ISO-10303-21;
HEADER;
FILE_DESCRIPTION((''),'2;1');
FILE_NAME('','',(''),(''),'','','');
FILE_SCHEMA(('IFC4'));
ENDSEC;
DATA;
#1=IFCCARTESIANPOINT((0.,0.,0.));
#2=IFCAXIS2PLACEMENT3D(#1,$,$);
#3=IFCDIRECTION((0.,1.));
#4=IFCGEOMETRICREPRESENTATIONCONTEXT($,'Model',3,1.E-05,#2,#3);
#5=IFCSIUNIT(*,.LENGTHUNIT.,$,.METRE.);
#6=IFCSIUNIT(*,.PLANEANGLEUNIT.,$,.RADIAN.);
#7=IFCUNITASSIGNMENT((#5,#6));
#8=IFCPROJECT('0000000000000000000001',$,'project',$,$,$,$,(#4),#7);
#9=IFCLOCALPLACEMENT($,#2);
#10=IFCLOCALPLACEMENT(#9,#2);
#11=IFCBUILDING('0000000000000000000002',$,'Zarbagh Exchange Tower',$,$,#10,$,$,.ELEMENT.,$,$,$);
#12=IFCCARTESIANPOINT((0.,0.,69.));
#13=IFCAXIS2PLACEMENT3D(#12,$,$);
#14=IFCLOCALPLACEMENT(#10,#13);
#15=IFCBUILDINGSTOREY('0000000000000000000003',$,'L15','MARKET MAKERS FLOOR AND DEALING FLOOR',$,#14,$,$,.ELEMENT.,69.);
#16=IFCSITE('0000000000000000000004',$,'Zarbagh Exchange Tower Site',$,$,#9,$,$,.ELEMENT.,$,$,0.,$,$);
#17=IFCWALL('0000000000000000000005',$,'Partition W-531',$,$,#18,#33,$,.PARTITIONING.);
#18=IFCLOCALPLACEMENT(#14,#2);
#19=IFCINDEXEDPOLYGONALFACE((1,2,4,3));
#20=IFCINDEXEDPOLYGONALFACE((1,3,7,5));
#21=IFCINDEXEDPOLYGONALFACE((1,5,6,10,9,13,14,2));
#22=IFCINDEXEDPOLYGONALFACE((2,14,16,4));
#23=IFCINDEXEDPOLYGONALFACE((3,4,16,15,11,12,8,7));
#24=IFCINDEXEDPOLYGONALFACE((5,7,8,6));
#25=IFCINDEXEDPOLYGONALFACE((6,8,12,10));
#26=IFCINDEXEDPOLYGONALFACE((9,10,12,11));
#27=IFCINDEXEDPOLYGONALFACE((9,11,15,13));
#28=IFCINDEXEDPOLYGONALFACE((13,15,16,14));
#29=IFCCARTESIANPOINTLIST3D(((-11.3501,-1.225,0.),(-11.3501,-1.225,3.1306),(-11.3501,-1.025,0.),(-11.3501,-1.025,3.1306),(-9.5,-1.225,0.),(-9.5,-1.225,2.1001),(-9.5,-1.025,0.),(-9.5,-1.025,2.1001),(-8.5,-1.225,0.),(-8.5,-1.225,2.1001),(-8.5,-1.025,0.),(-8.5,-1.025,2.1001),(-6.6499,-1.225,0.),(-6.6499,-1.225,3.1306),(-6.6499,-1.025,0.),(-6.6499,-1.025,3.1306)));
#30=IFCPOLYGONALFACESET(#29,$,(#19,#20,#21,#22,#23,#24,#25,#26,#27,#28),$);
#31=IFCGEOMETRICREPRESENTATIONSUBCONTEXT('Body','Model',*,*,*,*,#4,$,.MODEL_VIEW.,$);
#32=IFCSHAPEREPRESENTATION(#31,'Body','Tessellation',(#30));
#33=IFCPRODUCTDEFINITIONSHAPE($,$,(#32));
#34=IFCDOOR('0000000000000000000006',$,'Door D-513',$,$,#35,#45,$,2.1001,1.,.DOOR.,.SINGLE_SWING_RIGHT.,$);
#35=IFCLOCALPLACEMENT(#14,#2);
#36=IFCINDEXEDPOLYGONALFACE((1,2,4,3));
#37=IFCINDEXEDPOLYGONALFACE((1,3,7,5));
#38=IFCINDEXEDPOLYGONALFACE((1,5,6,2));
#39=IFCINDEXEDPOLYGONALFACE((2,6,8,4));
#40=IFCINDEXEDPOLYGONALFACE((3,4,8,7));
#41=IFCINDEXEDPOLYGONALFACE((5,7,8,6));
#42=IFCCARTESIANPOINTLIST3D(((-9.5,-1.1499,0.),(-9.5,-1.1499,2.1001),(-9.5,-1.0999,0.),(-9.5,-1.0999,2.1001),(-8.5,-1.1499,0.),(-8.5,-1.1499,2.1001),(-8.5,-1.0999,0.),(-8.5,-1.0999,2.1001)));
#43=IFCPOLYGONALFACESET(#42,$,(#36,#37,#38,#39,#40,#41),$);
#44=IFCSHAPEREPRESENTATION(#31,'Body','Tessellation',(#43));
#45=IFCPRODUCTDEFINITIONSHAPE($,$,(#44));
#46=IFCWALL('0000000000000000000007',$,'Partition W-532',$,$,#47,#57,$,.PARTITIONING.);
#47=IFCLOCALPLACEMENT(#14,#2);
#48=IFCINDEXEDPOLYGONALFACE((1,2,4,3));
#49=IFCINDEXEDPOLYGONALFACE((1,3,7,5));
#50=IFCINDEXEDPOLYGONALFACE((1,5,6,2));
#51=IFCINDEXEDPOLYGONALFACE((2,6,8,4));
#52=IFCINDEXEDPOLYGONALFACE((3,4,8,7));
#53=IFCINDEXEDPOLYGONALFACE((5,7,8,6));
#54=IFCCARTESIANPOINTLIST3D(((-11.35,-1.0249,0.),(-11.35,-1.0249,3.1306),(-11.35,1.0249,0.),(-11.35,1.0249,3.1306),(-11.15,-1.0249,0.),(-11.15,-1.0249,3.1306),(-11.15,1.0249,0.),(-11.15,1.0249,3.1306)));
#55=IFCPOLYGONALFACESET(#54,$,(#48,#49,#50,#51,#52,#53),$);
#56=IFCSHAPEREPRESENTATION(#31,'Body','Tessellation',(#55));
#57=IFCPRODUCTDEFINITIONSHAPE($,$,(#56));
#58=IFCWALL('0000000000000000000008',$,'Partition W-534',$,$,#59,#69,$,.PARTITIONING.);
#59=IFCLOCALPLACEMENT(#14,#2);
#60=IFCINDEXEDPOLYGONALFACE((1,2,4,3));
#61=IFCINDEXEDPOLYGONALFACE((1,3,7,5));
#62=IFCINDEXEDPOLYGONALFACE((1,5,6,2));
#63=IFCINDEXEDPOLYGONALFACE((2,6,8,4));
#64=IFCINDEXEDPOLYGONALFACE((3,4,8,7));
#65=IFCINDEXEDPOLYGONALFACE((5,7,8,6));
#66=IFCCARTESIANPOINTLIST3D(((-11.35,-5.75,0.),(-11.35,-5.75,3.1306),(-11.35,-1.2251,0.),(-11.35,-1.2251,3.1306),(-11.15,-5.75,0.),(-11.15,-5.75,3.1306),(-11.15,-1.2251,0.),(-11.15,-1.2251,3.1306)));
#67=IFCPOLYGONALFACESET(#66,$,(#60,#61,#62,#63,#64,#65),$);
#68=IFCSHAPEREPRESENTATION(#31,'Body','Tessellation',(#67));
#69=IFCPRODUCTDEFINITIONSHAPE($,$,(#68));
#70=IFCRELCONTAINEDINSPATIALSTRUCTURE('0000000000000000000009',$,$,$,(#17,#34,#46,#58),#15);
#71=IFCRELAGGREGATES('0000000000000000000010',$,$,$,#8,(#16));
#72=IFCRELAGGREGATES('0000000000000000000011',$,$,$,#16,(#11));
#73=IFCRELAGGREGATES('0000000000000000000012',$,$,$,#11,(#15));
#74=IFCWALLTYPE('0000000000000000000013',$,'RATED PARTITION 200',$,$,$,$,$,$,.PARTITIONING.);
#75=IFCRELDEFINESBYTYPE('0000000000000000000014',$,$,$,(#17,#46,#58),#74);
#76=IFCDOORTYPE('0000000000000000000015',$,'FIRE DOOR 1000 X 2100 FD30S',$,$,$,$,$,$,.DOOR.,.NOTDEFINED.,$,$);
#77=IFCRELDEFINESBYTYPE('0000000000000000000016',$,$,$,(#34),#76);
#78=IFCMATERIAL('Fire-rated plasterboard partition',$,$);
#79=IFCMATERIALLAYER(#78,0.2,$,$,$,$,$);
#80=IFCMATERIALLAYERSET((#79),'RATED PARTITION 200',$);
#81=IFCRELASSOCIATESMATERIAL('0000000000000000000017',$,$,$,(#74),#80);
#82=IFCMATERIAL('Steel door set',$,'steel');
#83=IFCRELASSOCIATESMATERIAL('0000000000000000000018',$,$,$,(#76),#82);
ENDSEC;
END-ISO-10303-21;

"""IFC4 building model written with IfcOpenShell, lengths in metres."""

from ifc_helpers import new_model, si_unit, direction, frame, frame_2d, origin, place, context, subcontext, project, spatial, rectangle, extrude, material, layer, layer_set, type_object, element, fill, save


model = new_model("IFC4")

# Units and contexts
model_context = context("Model", 3, precision=1e-05, world=origin(), true_north=direction((0.0, 1.0)))
body_context = subcontext(model_context, "Body", "Model", "MODEL_VIEW")
ifc_project = project(units=[si_unit("LENGTHUNIT", "METRE"), si_unit("PLANEANGLEUNIT", "RADIAN")], contexts=[model_context])

# Site, building, storey
site_placement = place(None, origin())
site = spatial("IfcSite", under=ifc_project, at=site_placement, Name="Zarbagh Exchange Tower Site", CompositionType="ELEMENT", RefElevation=0.0)
building_placement = place(site_placement, origin())
building = spatial("IfcBuilding", under=site, at=building_placement, Name="Zarbagh Exchange Tower", CompositionType="ELEMENT")
storey_placement = place(building_placement, frame((0.0, 0.0, 69.0)))
storey = spatial("IfcBuildingStorey", under=building, at=storey_placement, Name="L15", Description="MARKET MAKERS FLOOR AND DEALING FLOOR", CompositionType="ELEMENT", Elevation=69.0)

# Shared definitions
ifc_material_1 = material(Name="Fire-rated plasterboard partition")
ifc_layer_1 = layer(ifc_material_1, 0.2)
ifc_layer_set_1 = layer_set([ifc_layer_1], Name="RATED PARTITION 200")
wall_type_1 = type_object("IfcWallType", Name="RATED PARTITION 200", PredefinedType="PARTITIONING", material=ifc_layer_set_1)

# Wall, opening, door
wall_1_placement = place(storey_placement, frame((-6.6499, -1.125, 0.0), z_axis=(0.0, 0.0, 1.0), x_axis=(-1.0, 0.0, 0.0)))
wall_1 = element("IfcWall", 1, at=wall_1_placement, inside=storey, type_object=wall_type_1, Name="Partition W-531", PredefinedType="PARTITIONING", context=body_context, shape_type="SweptSolid", body=[
    extrude(rectangle(XDim=4.7002, YDim=0.2, at=frame_2d((2.3501, 0.0))), origin(), (0.0, 0.0, 1.0), 3.1306),
])
opening_1_placement = place(wall_1_placement, frame((1.8501, 0.0, 0.0)))
opening_1 = element("IfcOpeningElement", 2, at=opening_1_placement, cuts=wall_1, PredefinedType="OPENING", context=body_context, shape_type="SweptSolid", body=[
    extrude(rectangle(XDim=1.0, YDim=2.1001, at=frame_2d((0.5, 1.05))), frame((0.0, 0.1099, 0.0), z_axis=(0.0, -1.0, 0.0), x_axis=(1.0, 0.0, 0.0)), (0.0, 0.0, 1.0), 0.22),
])
ifc_material_2 = material(Name="Steel door set", Category="steel")
door_type_1 = type_object("IfcDoorType", Name="FIRE DOOR 1000 X 2100 FD30S", OperationType="NOTDEFINED", PredefinedType="DOOR", material=ifc_material_2)
door_1_placement = place(opening_1_placement, origin())
door_1 = element("IfcDoor", 3, at=door_1_placement, inside=storey, type_object=door_type_1, Name="Door D-513", OperationType="SINGLE_SWING_RIGHT", OverallHeight=2.1001, OverallWidth=1.0, PredefinedType="DOOR", context=body_context, shape_type="SweptSolid", body=[
    extrude(rectangle(XDim=1.0, YDim=2.1001, at=frame_2d((0.5, 1.05))), frame((0.0, 0.0249, 0.0), z_axis=(0.0, -1.0, 0.0), x_axis=(1.0, 0.0, 0.0)), (0.0, 0.0, 1.0), 0.05),
])
fill(opening_1, door_1)

# Walls
wall_2_placement = place(storey_placement, frame((-11.25, -1.0249, 0.0), z_axis=(0.0, 0.0, 1.0), x_axis=(0.0, 1.0, 0.0)))
element("IfcWall", 4, at=wall_2_placement, inside=storey, type_object=wall_type_1, Name="Partition W-532", PredefinedType="PARTITIONING", context=body_context, shape_type="SweptSolid", body=[
    extrude(rectangle(XDim=2.0498, YDim=0.2, at=frame_2d((1.0249, 0.0))), origin(), (0.0, 0.0, 1.0), 3.1306),
])
wall_3_placement = place(storey_placement, frame((-11.25, -5.75, 0.0), z_axis=(0.0, 0.0, 1.0), x_axis=(0.0, 1.0, 0.0)))
element("IfcWall", 5, at=wall_3_placement, inside=storey, type_object=wall_type_1, Name="Partition W-534", PredefinedType="PARTITIONING", context=body_context, shape_type="SweptSolid", body=[
    extrude(rectangle(XDim=4.5249, YDim=0.2, at=frame_2d((2.2625, 0.0))), origin(), (0.0, 0.0, 1.0), 3.1306),
])

save(model, "model.ifc")
